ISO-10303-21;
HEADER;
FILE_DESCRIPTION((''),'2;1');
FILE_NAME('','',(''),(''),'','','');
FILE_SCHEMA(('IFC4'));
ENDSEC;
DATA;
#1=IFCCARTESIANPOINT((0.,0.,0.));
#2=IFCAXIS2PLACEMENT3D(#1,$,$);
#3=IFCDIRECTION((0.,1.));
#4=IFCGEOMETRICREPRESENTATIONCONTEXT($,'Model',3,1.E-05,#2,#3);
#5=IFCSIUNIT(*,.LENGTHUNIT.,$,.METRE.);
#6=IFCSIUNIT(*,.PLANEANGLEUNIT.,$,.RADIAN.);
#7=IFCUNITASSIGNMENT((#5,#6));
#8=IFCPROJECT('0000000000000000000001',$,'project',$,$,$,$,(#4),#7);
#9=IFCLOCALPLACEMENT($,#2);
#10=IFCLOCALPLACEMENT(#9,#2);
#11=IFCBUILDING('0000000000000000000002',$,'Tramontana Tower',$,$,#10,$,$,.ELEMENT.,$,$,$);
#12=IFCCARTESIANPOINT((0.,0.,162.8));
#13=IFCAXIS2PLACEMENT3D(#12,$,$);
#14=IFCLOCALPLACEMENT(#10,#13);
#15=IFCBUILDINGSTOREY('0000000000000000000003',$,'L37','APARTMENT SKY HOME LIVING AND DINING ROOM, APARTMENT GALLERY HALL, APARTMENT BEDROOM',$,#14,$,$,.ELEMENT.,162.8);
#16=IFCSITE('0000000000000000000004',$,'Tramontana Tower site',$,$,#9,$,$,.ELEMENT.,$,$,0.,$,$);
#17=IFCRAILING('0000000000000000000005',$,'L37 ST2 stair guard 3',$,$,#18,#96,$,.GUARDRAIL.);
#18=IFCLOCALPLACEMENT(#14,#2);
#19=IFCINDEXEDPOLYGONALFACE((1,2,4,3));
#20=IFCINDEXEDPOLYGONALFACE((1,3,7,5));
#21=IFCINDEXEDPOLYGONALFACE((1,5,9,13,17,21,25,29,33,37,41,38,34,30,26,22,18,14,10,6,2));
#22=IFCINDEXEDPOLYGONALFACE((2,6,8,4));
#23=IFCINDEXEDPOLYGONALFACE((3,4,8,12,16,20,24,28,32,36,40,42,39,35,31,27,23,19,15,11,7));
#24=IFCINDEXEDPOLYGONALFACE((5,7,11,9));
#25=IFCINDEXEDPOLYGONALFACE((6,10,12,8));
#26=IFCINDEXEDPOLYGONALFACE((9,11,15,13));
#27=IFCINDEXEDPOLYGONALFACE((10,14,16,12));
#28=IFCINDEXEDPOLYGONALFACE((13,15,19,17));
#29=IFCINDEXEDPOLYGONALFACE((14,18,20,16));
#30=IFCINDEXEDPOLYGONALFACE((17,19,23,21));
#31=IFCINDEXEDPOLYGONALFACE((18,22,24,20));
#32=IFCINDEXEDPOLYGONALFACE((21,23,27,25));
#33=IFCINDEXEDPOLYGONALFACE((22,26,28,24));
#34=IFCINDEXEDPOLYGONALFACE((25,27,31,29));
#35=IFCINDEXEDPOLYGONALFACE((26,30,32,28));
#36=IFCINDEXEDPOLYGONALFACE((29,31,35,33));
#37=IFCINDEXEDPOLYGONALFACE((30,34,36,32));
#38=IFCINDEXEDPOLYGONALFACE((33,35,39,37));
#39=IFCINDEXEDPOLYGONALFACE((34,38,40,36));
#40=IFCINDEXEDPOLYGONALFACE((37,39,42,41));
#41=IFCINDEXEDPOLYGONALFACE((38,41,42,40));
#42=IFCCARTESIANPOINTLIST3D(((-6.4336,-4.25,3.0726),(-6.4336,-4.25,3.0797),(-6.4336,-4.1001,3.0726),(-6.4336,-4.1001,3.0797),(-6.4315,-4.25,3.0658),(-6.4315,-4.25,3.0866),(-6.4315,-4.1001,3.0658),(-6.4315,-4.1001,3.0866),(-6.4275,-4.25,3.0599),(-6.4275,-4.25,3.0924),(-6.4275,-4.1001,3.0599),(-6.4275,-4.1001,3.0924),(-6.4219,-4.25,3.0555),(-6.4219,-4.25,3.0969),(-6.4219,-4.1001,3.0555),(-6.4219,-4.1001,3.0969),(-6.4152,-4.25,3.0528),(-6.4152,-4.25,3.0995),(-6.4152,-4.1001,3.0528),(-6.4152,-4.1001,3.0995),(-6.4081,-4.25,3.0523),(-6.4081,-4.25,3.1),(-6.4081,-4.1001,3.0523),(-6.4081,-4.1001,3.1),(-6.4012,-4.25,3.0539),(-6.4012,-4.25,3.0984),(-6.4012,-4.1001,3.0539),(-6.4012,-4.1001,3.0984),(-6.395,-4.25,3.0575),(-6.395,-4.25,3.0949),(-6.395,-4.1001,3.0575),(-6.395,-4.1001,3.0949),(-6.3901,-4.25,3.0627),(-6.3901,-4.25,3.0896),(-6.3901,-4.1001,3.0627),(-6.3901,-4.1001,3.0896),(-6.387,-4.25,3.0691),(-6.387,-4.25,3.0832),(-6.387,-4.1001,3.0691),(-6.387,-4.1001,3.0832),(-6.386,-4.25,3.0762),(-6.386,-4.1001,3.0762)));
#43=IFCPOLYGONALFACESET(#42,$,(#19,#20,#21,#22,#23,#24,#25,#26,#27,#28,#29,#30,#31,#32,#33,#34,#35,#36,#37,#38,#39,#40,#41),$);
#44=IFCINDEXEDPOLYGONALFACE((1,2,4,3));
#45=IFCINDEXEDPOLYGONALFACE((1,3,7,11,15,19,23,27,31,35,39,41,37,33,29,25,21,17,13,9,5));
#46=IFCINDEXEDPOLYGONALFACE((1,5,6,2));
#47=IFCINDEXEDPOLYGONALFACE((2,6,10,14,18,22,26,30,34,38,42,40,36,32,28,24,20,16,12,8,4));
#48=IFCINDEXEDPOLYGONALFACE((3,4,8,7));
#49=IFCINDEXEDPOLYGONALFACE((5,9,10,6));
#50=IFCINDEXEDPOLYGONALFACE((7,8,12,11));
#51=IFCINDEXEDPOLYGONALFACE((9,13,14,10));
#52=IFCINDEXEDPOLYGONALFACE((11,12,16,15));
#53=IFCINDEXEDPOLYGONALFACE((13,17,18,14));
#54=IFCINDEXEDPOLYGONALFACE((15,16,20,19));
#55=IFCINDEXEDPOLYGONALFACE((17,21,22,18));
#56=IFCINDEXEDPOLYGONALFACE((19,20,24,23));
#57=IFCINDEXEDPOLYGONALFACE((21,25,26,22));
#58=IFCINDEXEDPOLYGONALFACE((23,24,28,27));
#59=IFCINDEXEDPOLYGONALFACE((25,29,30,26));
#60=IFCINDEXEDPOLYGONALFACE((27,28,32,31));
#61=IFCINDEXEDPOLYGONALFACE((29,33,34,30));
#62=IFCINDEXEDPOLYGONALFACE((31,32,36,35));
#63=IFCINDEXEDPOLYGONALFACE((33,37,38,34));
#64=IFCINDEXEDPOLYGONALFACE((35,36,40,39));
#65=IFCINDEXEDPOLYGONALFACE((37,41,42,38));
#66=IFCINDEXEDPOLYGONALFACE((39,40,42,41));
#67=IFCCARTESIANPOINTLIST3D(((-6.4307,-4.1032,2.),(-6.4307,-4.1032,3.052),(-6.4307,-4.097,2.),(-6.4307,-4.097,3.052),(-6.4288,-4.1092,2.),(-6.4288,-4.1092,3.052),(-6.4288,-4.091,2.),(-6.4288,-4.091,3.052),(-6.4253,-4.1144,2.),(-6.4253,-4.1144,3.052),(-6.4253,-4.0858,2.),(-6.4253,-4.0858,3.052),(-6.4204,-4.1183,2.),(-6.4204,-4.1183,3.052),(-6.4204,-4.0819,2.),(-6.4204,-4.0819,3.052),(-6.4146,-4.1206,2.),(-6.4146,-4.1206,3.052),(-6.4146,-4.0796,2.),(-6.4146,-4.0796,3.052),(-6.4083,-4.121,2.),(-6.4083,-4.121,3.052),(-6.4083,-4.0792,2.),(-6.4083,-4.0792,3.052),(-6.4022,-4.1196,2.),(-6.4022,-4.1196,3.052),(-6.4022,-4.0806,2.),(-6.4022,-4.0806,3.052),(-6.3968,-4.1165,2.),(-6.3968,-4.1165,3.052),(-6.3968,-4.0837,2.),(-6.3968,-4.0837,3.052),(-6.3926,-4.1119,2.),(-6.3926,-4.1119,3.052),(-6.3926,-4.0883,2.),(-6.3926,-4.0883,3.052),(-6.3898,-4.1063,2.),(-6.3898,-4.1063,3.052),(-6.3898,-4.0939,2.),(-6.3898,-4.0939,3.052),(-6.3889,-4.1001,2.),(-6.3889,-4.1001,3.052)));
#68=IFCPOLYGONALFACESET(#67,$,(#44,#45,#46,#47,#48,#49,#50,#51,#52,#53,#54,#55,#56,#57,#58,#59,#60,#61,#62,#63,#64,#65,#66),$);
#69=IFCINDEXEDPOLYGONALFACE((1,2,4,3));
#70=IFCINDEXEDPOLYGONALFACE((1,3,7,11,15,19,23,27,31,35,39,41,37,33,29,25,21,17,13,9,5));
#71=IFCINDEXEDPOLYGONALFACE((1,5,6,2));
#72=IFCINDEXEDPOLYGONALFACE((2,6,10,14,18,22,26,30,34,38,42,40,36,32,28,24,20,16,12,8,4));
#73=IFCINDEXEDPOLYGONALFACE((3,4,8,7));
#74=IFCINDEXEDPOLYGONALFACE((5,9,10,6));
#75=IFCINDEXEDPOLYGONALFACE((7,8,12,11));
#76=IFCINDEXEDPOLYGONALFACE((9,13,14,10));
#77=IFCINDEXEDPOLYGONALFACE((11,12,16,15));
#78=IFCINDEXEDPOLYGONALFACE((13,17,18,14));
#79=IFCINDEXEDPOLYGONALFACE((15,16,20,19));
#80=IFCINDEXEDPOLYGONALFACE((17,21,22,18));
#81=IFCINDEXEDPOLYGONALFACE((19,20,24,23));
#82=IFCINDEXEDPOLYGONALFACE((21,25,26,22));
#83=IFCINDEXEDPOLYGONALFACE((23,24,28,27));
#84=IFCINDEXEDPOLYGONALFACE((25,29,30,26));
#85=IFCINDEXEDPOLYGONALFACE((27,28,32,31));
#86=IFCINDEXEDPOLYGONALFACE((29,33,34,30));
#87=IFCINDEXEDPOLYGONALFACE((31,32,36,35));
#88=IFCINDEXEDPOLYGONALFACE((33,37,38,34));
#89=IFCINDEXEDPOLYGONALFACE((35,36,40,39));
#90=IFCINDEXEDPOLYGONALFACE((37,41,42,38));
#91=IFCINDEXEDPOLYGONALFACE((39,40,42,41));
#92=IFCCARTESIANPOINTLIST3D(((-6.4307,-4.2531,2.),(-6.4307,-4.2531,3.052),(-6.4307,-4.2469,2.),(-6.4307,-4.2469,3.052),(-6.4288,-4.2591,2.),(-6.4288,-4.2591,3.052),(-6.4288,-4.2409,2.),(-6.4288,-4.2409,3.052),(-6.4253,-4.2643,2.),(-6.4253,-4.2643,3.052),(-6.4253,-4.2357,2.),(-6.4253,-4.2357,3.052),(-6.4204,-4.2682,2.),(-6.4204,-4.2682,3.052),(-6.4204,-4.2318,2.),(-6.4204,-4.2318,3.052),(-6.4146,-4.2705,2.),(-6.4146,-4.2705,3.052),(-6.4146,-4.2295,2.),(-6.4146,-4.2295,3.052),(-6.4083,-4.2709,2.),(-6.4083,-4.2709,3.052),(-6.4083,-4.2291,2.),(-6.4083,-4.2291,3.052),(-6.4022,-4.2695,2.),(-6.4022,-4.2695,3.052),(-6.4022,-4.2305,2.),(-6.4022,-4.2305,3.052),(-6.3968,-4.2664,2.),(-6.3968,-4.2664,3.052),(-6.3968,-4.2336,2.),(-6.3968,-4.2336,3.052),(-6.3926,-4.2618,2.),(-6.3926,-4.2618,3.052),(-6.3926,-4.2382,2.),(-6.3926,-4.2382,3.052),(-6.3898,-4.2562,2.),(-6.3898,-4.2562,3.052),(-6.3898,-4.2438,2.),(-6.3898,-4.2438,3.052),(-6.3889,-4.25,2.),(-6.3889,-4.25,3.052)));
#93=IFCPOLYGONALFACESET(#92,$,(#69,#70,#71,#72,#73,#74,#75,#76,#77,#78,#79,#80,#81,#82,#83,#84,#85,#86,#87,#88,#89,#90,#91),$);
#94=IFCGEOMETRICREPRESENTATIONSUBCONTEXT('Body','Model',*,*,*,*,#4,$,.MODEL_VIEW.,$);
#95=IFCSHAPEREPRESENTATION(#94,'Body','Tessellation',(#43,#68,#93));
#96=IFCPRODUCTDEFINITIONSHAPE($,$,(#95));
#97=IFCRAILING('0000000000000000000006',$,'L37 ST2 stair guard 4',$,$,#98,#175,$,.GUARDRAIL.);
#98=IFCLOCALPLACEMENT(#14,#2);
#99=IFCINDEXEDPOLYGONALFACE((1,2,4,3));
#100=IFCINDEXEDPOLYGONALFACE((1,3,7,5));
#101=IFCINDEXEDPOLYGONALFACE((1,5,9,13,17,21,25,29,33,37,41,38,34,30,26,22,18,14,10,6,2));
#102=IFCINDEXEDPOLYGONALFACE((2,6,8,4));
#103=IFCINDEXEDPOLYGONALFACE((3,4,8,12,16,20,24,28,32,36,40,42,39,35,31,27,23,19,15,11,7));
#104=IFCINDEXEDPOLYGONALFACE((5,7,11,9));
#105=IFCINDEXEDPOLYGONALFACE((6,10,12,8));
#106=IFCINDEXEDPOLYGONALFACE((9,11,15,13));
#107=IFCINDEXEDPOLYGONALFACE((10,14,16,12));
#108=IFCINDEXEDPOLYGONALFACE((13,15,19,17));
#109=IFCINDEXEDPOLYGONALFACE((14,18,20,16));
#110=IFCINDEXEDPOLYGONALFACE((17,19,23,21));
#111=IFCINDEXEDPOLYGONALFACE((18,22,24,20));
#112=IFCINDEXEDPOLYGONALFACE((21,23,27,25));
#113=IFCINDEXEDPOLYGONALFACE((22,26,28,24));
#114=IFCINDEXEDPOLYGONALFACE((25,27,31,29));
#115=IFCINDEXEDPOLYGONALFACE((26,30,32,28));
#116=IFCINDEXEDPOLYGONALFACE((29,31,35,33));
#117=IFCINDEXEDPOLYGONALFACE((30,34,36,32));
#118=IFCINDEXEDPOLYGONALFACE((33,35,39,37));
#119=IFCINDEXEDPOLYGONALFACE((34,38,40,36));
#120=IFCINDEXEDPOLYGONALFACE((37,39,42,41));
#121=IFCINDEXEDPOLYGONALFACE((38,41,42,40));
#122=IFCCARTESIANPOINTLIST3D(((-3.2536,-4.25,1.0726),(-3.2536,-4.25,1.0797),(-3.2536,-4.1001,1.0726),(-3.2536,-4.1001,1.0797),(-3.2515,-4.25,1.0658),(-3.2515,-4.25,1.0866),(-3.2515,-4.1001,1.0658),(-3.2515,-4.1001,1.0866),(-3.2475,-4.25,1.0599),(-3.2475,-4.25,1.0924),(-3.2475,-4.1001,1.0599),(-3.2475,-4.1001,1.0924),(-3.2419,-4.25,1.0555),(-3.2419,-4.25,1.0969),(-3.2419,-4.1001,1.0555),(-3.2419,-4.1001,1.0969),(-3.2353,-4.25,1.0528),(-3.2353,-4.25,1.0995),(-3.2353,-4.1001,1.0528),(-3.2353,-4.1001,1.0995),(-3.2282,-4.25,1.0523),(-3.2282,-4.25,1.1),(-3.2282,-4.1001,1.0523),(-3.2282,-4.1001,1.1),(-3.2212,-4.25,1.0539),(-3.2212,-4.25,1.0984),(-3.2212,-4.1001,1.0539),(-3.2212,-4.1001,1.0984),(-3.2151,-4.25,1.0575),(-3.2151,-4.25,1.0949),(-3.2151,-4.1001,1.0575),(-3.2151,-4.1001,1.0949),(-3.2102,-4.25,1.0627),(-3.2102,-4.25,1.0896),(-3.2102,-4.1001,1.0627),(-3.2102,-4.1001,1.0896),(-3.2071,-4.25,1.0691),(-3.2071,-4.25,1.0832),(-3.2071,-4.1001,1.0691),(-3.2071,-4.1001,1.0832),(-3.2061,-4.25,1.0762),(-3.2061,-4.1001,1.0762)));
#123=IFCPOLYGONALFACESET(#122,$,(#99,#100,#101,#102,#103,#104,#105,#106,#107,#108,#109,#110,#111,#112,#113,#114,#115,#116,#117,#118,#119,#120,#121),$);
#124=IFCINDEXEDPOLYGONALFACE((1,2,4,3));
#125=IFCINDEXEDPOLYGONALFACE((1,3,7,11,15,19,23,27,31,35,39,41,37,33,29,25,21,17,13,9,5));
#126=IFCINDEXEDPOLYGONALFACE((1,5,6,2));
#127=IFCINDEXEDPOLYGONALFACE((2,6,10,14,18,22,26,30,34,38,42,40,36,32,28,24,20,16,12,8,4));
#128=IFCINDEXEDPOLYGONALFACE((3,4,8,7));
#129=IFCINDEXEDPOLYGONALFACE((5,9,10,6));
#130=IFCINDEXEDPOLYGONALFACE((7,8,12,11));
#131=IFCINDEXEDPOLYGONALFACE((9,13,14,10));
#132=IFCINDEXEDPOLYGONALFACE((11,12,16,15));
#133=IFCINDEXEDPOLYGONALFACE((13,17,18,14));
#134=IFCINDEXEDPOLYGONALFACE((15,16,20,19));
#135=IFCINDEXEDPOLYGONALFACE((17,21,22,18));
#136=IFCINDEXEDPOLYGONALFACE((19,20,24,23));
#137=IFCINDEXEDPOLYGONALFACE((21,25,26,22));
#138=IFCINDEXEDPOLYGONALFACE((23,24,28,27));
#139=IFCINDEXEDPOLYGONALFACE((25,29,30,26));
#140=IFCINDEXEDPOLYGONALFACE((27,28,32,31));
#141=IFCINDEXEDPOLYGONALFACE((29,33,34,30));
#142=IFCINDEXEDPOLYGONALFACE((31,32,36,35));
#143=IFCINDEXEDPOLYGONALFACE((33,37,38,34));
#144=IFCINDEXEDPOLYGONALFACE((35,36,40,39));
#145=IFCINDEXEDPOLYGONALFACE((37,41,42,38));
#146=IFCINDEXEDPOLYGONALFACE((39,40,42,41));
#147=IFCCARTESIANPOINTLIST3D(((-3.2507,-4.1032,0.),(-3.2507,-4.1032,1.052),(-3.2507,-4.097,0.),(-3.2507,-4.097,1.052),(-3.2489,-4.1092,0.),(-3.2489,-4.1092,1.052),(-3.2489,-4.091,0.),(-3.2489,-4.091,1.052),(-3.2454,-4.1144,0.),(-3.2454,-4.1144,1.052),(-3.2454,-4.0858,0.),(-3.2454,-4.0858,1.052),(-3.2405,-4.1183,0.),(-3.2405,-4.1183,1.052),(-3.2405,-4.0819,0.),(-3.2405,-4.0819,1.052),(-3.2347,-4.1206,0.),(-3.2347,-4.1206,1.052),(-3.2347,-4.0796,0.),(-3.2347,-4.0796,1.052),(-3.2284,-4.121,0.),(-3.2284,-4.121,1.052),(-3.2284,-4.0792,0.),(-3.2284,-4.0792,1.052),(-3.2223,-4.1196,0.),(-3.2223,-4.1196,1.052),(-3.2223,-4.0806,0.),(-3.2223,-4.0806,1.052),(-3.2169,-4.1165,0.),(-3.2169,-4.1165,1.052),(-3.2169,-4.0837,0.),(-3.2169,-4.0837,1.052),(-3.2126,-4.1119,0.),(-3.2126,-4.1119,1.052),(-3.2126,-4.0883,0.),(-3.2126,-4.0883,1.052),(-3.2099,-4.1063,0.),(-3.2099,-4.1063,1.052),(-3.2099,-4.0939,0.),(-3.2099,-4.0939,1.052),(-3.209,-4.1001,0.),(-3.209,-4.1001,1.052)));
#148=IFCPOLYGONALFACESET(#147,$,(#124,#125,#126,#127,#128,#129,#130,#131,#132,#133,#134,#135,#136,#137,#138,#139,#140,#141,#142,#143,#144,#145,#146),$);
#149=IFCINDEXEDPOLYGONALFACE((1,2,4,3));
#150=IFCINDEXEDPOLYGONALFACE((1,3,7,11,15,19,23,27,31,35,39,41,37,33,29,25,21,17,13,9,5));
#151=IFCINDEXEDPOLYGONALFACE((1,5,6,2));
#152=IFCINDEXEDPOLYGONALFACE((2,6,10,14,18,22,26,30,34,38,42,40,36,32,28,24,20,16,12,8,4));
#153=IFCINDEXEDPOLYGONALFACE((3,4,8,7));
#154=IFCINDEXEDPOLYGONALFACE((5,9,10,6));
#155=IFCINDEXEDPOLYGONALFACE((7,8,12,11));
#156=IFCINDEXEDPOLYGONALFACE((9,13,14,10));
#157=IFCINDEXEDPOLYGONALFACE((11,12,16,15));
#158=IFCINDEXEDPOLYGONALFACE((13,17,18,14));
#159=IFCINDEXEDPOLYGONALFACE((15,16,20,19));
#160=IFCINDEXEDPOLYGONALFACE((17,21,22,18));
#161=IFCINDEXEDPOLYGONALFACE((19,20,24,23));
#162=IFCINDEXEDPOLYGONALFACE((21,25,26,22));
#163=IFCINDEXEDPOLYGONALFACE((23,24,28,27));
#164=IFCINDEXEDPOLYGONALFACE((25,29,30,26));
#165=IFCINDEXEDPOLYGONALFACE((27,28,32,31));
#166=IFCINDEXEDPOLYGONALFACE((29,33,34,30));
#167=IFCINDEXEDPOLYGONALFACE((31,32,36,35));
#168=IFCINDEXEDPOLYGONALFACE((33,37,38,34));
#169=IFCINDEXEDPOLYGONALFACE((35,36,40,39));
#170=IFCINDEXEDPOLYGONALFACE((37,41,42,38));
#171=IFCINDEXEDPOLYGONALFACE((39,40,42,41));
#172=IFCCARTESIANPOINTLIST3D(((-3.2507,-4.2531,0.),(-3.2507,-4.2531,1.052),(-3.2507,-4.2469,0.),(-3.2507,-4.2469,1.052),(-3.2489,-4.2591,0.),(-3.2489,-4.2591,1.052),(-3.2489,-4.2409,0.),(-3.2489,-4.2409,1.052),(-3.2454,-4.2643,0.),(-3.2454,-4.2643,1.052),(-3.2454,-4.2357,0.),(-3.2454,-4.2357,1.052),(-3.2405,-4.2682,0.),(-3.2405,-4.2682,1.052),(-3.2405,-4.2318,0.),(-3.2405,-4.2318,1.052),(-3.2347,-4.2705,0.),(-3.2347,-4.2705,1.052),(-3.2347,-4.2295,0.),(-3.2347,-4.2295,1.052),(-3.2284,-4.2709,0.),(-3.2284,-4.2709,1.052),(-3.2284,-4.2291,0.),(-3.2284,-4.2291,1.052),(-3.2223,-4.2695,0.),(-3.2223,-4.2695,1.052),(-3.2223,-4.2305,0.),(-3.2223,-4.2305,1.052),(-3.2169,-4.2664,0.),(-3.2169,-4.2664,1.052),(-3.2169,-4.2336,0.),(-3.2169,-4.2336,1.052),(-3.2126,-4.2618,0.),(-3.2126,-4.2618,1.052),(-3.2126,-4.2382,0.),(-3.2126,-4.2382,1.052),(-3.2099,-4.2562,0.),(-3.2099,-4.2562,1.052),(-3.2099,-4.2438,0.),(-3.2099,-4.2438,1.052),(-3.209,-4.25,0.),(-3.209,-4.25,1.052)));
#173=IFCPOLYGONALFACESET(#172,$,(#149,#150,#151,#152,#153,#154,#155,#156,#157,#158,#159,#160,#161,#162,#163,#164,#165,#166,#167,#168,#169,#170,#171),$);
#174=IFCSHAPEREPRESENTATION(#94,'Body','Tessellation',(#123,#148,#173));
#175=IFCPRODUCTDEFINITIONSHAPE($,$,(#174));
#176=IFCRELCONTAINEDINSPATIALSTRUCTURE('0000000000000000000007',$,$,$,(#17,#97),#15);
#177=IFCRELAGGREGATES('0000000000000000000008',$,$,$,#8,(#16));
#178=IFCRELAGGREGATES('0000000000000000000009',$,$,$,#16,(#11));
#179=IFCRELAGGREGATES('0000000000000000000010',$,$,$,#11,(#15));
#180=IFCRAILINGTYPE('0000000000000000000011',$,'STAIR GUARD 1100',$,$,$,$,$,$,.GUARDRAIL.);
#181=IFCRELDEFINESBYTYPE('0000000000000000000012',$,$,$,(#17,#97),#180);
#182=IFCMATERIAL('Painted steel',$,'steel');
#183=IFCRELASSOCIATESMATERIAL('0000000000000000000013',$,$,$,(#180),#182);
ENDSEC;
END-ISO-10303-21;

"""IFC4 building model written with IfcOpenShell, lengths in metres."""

from ifc_helpers import new_model, si_unit, direction, frame, origin, origin_2d, place, context, subcontext, project, spatial, circle, extrude, material, type_object, element, save


model = new_model("IFC4")

# Units and contexts
model_context = context("Model", 3, precision=1e-05, world=origin(), true_north=direction((0.0, 1.0)))
body_context = subcontext(model_context, "Body", "Model", "MODEL_VIEW")
ifc_project = project(units=[si_unit("LENGTHUNIT", "METRE"), si_unit("PLANEANGLEUNIT", "RADIAN")], contexts=[model_context])

# Site, building, storey
site_placement = place(None, origin())
site = spatial("IfcSite", under=ifc_project, at=site_placement, Name="Tramontana Tower site", CompositionType="ELEMENT", RefElevation=0.0)
building_placement = place(site_placement, origin())
building = spatial("IfcBuilding", under=site, at=building_placement, Name="Tramontana Tower", CompositionType="ELEMENT")
storey_placement = place(building_placement, frame((0.0, 0.0, 162.8)))
storey = spatial("IfcBuildingStorey", under=building, at=storey_placement, Name="L37", Description="APARTMENT SKY HOME LIVING AND DINING ROOM, APARTMENT GALLERY HALL, APARTMENT BEDROOM", CompositionType="ELEMENT", Elevation=162.8)

# Railings
ifc_material_1 = material(Name="Painted steel", Category="steel")
railing_type_1 = type_object("IfcRailingType", Name="STAIR GUARD 1100", PredefinedType="GUARDRAIL", material=ifc_material_1)
for number, where, name in (
    (1, (-6.4099, -4.1001, 2.0), "L37 ST2 stair guard 3"),
    (2, (-3.23, -4.1001, 0.0), "L37 ST2 stair guard 4"),
):
    element("IfcRailing", number, at=place(storey_placement, frame(where)), inside=storey, type_object=railing_type_1, Name=name, PredefinedType="GUARDRAIL", context=body_context, shape_type="SweptSolid", body=[
        extrude(circle(Radius=0.0239, at=origin_2d()), frame((0.0, 0.0, 1.0762), z_axis=(0.0, -1.0, 0.0), x_axis=(1.0, 0.0, 0.0)), (0.0, 0.0, 1.0), 0.1499),
        extrude(circle(Radius=0.021, at=origin_2d()), origin(), (0.0, 0.0, 1.0), 1.052),
        extrude(circle(Radius=0.021, at=origin_2d()), frame((0.0, -0.1499, 0.0)), (0.0, 0.0, 1.0), 1.052),
    ])

save(model, "model.ifc")
